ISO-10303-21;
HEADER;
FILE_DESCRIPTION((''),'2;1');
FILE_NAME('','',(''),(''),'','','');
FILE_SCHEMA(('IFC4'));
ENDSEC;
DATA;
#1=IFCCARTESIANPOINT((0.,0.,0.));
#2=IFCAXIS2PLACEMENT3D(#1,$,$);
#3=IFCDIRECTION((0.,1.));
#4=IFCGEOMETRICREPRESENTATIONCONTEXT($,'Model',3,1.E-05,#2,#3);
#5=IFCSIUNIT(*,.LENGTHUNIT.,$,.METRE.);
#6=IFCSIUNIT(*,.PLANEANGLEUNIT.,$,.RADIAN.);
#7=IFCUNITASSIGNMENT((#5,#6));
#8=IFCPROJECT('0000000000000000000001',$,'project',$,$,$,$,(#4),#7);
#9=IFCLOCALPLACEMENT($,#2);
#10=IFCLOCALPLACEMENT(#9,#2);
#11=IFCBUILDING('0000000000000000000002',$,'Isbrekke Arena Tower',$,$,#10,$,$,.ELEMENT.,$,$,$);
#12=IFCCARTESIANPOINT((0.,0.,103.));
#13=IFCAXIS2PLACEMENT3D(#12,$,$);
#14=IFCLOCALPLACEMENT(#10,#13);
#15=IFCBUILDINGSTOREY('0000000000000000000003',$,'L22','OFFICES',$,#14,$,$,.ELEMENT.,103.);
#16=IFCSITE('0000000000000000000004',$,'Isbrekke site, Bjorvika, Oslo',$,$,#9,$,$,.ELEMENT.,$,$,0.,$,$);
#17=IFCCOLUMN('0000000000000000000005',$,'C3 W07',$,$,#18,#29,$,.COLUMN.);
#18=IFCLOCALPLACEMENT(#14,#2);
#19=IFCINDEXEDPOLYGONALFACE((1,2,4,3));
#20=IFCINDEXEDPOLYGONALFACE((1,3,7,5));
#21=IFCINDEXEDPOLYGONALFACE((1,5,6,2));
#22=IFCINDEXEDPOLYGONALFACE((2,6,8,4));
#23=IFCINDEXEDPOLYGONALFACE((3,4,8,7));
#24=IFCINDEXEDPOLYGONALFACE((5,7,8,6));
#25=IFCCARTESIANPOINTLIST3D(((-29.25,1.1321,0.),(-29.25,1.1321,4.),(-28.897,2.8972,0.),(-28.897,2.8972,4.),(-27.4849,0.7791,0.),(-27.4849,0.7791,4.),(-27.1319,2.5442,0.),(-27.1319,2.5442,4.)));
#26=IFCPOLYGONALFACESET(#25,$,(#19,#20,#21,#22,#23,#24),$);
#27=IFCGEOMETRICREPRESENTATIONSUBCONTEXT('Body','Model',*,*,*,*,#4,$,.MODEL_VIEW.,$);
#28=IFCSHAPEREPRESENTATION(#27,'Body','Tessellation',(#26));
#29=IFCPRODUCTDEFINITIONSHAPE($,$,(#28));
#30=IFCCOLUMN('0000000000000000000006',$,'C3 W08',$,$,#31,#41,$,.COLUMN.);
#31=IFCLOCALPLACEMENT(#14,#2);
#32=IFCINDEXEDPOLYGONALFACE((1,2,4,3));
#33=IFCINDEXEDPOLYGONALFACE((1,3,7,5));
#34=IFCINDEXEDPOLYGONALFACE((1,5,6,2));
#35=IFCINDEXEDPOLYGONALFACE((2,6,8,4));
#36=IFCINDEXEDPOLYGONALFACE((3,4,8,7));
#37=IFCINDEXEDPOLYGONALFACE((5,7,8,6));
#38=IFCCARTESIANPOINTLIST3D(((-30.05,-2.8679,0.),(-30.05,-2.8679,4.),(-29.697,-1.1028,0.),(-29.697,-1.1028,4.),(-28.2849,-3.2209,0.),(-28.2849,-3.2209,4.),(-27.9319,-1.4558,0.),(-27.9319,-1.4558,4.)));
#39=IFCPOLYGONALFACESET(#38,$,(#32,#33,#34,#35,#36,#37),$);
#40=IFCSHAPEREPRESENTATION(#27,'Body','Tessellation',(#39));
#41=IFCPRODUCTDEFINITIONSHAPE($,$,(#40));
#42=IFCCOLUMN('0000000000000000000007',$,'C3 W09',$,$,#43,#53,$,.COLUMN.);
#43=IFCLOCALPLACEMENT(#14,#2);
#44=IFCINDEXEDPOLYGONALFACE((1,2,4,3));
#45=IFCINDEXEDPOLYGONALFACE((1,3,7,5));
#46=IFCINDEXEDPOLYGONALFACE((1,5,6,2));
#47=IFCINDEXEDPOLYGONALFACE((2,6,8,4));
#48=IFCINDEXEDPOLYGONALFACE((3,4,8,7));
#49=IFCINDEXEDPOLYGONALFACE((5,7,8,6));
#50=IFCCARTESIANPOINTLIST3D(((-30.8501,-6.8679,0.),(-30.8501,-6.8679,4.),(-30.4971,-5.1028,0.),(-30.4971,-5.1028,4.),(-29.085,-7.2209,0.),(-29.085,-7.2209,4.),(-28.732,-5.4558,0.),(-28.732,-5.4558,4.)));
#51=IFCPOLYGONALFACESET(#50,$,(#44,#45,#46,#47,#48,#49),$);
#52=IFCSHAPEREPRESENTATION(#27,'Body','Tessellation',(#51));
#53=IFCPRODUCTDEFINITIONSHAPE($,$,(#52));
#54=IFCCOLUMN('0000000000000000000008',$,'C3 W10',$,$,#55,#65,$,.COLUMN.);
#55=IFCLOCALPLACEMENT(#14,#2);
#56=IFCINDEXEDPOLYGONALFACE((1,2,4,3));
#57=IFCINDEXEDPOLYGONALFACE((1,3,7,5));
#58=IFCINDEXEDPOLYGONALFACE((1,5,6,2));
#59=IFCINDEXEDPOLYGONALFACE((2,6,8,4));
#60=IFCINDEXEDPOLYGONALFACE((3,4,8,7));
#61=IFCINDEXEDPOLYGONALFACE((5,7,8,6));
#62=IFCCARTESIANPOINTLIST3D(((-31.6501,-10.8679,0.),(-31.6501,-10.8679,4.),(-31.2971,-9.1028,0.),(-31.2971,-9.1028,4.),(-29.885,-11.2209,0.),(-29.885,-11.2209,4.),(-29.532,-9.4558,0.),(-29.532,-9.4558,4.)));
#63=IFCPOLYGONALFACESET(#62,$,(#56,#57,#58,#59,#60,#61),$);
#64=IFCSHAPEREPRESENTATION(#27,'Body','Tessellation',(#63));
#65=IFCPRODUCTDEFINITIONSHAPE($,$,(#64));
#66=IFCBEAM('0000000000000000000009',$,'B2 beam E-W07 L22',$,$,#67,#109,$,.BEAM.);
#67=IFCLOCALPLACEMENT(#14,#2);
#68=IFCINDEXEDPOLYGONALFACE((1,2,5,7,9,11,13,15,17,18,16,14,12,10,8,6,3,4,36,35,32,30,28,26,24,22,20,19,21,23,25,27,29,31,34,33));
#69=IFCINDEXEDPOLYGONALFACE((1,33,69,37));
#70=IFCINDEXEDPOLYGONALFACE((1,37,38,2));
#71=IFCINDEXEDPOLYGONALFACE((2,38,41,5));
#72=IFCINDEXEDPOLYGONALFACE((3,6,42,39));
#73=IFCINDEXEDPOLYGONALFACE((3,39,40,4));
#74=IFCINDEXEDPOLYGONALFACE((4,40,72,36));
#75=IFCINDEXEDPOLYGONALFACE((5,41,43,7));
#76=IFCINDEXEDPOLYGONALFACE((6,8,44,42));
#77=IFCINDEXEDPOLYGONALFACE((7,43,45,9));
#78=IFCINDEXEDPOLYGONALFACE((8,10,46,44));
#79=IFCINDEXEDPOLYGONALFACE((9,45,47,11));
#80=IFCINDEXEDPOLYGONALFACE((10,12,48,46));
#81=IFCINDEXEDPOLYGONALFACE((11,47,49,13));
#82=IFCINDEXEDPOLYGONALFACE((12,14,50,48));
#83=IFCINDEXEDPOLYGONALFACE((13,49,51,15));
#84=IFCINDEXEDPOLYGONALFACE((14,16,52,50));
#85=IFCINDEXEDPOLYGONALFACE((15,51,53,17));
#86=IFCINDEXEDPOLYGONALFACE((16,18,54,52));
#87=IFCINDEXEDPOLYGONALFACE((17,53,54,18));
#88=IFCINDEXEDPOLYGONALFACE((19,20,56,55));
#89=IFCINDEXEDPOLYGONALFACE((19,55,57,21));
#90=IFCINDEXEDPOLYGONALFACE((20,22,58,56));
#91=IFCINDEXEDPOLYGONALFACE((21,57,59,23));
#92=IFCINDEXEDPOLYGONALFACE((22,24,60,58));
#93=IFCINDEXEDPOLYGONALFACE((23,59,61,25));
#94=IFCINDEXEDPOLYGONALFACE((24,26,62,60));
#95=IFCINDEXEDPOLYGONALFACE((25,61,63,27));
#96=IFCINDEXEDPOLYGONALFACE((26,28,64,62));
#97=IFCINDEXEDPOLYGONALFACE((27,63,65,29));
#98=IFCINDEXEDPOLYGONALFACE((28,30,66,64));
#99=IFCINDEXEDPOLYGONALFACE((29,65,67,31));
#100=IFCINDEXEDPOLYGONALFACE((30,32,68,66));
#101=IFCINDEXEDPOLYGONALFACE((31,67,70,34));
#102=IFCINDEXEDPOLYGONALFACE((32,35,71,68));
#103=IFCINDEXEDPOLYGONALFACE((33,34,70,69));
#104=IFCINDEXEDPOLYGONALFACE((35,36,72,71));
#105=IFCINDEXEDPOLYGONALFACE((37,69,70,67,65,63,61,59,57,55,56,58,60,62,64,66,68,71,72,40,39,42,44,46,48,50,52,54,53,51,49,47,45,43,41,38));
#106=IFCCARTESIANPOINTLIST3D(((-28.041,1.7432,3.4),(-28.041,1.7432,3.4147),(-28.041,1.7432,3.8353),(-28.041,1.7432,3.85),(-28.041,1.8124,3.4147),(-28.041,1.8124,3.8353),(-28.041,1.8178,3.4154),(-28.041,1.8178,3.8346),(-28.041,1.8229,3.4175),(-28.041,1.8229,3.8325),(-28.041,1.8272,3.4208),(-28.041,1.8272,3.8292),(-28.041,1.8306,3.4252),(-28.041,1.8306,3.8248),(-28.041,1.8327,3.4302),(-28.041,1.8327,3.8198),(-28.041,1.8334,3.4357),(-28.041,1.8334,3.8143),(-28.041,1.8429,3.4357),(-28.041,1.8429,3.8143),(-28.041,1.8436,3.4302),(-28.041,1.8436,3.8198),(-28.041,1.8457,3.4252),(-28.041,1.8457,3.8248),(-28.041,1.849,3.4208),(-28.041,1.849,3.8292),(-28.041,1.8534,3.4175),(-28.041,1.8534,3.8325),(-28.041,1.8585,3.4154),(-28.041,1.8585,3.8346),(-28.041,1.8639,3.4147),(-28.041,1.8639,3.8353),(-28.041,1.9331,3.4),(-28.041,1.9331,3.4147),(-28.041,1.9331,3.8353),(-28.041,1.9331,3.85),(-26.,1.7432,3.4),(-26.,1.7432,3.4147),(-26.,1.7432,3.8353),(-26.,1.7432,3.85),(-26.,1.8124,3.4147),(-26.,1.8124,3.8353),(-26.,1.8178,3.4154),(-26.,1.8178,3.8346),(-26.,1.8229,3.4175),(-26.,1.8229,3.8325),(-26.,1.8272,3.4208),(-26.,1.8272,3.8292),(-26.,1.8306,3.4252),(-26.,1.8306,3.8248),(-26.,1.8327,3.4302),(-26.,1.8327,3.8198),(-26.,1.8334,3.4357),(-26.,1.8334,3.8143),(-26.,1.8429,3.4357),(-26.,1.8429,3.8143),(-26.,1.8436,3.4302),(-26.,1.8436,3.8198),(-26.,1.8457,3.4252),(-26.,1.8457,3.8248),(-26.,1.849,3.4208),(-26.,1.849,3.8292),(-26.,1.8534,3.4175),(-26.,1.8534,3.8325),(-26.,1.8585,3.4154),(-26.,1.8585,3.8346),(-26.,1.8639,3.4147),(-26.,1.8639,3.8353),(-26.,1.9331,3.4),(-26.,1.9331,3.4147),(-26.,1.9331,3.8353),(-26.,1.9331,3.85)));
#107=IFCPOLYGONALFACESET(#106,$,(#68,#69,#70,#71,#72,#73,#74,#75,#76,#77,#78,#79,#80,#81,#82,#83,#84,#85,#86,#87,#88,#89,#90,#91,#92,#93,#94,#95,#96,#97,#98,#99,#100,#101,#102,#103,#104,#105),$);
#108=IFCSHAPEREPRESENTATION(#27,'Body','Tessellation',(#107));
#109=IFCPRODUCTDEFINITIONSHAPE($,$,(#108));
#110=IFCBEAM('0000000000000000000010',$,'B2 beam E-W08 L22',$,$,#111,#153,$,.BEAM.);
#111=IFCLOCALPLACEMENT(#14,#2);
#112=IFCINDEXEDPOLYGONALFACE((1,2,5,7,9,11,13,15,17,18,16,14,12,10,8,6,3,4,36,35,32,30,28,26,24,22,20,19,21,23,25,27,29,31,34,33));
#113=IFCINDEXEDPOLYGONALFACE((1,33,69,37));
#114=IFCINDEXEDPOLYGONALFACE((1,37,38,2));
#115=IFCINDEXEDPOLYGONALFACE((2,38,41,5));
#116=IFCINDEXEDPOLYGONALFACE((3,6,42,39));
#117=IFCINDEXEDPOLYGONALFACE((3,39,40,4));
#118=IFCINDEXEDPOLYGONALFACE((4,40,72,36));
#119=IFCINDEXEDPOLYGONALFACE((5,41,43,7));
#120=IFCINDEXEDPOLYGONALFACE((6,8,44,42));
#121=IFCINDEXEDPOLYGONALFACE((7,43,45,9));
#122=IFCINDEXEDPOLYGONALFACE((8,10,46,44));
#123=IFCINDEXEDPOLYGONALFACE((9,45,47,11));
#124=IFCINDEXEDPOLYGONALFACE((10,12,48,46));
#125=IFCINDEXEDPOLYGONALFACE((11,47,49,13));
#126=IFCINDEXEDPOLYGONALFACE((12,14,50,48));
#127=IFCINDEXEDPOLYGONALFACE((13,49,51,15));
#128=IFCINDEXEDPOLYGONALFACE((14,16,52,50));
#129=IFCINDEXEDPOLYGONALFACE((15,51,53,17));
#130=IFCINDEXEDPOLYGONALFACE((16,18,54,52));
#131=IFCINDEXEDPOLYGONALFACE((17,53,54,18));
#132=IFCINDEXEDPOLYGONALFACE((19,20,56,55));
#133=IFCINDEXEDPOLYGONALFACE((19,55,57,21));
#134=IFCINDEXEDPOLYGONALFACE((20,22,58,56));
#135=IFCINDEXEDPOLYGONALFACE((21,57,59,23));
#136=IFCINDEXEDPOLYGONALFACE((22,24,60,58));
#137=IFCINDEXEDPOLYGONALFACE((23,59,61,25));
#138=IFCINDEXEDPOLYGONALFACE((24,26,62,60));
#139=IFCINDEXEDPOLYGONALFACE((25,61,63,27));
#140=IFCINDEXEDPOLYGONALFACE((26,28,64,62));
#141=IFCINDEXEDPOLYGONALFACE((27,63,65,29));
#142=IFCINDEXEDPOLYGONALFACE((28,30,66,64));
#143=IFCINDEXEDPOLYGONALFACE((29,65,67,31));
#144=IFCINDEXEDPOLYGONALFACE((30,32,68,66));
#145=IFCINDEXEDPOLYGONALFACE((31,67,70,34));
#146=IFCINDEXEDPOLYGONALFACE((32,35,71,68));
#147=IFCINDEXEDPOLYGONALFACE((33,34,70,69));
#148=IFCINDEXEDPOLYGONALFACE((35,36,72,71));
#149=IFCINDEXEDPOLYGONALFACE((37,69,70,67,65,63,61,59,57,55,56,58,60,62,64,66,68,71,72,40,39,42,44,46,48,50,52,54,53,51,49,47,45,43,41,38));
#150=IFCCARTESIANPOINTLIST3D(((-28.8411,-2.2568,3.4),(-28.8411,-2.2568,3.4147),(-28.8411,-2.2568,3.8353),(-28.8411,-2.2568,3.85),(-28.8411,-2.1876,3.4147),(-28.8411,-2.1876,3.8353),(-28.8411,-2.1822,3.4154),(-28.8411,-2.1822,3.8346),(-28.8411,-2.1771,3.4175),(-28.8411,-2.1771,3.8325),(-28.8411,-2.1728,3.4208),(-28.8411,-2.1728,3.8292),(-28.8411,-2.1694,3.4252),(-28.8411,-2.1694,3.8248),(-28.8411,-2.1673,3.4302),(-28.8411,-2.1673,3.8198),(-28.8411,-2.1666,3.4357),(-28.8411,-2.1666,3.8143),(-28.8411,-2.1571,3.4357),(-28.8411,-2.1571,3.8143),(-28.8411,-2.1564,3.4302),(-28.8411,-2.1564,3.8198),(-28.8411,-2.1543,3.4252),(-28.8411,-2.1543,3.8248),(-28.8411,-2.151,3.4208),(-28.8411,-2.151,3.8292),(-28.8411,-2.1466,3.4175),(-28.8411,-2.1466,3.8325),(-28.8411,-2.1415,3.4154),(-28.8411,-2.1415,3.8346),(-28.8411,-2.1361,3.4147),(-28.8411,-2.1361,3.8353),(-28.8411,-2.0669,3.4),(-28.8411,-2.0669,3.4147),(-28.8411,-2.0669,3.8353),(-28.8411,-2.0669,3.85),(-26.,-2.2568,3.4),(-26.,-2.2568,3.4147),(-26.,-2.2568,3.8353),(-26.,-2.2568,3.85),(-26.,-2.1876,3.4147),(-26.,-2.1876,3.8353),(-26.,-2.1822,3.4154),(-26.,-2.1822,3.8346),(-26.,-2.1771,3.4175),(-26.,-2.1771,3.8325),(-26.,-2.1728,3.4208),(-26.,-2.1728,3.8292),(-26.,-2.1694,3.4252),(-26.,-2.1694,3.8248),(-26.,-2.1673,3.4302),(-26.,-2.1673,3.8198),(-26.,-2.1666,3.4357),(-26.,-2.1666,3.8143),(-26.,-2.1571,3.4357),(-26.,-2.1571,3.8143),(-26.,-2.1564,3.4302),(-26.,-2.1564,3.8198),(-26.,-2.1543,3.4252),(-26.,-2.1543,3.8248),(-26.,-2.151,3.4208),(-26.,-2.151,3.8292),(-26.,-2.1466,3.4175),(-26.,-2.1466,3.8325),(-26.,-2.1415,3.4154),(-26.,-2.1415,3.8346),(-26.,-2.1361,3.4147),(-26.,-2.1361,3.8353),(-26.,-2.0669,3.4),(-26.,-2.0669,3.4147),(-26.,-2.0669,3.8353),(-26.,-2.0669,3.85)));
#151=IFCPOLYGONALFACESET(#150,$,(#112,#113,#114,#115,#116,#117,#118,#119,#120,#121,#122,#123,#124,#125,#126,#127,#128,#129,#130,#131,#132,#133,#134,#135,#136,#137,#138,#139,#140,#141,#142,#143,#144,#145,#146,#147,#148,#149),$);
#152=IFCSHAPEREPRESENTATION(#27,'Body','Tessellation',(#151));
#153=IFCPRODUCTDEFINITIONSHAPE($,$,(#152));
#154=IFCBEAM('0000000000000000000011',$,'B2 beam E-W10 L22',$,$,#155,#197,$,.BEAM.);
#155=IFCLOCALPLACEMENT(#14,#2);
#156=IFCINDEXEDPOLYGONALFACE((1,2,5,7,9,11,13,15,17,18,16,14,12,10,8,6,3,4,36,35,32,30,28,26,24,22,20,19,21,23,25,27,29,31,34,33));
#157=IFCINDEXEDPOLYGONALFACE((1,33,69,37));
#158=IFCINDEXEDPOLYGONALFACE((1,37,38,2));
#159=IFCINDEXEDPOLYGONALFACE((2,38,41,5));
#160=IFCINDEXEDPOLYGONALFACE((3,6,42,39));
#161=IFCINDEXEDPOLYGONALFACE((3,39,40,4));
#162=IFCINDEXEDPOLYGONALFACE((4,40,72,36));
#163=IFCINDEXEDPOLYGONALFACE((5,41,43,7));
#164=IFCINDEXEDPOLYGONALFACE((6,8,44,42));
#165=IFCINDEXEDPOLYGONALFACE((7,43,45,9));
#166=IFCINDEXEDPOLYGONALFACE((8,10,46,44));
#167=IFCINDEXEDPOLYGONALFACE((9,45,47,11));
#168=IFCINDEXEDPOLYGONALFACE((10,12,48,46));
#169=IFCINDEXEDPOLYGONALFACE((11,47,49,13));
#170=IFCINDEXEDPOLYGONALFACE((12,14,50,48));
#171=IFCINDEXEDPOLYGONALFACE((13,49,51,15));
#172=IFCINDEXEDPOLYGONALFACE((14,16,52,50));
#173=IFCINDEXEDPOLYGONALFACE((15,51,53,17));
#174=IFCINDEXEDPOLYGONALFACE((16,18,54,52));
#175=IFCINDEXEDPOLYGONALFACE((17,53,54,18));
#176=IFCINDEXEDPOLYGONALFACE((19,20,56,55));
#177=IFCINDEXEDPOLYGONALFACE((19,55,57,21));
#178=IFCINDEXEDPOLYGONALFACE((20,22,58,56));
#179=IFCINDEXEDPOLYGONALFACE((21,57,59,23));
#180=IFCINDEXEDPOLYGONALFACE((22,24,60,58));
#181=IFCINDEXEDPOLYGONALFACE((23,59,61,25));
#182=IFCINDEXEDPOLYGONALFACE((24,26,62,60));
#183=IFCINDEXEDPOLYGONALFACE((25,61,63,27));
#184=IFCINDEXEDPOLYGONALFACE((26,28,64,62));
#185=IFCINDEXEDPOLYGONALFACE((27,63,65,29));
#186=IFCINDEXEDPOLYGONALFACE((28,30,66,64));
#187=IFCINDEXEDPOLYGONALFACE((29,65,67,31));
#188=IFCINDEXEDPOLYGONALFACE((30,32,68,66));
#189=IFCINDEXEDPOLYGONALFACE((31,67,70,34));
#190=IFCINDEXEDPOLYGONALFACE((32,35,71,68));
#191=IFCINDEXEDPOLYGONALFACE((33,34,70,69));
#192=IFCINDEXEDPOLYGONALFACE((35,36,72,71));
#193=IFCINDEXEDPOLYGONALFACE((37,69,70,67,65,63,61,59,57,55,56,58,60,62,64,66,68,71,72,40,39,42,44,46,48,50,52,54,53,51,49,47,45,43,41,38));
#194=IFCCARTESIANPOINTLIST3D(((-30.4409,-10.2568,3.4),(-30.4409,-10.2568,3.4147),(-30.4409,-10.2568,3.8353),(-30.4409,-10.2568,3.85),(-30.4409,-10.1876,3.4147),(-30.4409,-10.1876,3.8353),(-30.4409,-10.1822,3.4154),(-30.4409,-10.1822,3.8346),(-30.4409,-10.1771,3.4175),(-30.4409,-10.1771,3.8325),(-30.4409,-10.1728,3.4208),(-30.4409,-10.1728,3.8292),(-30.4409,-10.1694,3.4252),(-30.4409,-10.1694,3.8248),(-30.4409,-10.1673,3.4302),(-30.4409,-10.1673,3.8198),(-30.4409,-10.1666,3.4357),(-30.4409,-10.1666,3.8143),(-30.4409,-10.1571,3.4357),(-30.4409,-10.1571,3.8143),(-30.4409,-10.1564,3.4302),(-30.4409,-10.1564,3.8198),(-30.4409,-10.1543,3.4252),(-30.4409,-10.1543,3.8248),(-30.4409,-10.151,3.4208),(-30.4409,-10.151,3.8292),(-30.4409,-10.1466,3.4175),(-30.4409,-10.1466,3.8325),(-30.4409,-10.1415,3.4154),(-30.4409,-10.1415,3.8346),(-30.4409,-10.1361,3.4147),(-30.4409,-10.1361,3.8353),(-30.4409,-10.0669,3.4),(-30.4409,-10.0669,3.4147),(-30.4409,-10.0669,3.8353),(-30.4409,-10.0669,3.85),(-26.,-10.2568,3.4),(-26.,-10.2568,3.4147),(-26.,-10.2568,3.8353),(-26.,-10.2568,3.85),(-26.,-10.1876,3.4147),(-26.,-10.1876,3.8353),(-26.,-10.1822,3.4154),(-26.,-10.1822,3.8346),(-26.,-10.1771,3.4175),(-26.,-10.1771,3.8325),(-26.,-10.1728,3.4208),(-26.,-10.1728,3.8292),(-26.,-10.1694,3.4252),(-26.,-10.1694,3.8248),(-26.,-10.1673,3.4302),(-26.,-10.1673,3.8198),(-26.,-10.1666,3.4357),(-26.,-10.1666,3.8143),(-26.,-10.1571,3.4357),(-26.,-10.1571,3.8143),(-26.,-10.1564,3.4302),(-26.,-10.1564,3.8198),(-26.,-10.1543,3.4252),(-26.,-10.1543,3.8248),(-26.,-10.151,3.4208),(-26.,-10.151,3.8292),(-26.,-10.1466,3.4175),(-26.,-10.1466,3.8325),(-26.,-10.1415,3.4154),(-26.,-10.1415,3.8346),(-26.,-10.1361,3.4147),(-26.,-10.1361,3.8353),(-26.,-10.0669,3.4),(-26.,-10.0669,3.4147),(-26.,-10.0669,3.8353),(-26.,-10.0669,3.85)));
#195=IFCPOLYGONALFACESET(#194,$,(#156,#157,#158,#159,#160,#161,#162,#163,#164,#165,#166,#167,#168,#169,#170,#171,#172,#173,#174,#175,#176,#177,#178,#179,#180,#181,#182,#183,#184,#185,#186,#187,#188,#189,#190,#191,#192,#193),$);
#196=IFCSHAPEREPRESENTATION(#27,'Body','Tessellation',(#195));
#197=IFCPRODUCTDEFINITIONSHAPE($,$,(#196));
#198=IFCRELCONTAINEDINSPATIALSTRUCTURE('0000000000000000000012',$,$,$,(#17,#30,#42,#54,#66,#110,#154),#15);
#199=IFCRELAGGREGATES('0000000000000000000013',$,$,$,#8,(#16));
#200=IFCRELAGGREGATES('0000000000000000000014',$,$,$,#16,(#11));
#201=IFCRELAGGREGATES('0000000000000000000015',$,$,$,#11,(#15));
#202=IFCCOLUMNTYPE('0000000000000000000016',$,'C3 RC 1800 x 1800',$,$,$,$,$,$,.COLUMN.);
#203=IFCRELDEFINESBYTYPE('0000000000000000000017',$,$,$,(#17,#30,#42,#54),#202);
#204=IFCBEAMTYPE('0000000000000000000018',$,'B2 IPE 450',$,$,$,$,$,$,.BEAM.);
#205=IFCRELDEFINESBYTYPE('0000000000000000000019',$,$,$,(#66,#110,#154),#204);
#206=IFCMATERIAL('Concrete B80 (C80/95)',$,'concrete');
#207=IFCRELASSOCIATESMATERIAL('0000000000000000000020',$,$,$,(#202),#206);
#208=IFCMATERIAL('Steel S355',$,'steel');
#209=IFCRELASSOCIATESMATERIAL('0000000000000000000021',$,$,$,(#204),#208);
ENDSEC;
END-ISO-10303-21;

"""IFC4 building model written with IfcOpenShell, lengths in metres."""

from ifc_helpers import new_model, si_unit, direction, frame, origin, origin_2d, place, context, subcontext, project, spatial, rectangle, i_section, extrude, material, material_profile, profile_set, type_object, element, save


model = new_model("IFC4")

# Units and contexts
model_context = context("Model", 3, precision=1e-05, world=origin(), true_north=direction((0.0, 1.0)))
body_context = subcontext(model_context, "Body", "Model", "MODEL_VIEW")
ifc_project = project(units=[si_unit("LENGTHUNIT", "METRE"), si_unit("PLANEANGLEUNIT", "RADIAN")], contexts=[model_context])

# Site, building, storey
site_placement = place(None, origin())
site = spatial("IfcSite", under=ifc_project, at=site_placement, Name="Isbrekke site, Bjorvika, Oslo", CompositionType="ELEMENT", RefElevation=0.0)
building_placement = place(site_placement, origin())
building = spatial("IfcBuilding", under=site, at=building_placement, Name="Isbrekke Arena Tower", CompositionType="ELEMENT")
storey_placement = place(building_placement, frame((0.0, 0.0, 103.0)))
storey = spatial("IfcBuildingStorey", under=building, at=storey_placement, Name="L22", Description="OFFICES", CompositionType="ELEMENT", Elevation=103.0)

# Columns
ifc_material_1 = material(Name="Concrete B80 (C80/95)", Category="concrete")
ifc_material_profile_1 = material_profile(ifc_material_1, rectangle(XDim=1.8, YDim=1.8, at=origin_2d()), Name="RC 1800x1800")
ifc_profile_set_1 = profile_set([ifc_material_profile_1], Name="Concrete B80 (C80/95)")
column_type = type_object("IfcColumnType", Name="C3 RC 1800 x 1800", PredefinedType="COLUMN", material=ifc_profile_set_1)
for number, where, z_axis, x_axis, name in (
    (1, (-28.1909, 1.8381, 0.0), (0.0, 0.0, 1.0), (-0.196116, -0.980581, 0.0), "C3 W07"),
    (2, (-28.991, -2.1619, 0.0), (0.0, 0.0, 1.0), (-0.196116, -0.980581, 0.0), "C3 W08"),
    (3, (-29.791, -6.1619, 0.0), (0.0, 0.0, 1.0), (-0.196116, -0.980581, 0.0), "C3 W09"),
    (4, (-30.5911, -10.1619, 0.0), (0.0, 0.0, 1.0), (-0.196116, -0.980581, 0.0), "C3 W10"),
):
    element("IfcColumn", number, at=place(storey_placement, frame(where, z_axis=z_axis, x_axis=x_axis)), inside=storey, type_object=column_type, Name=name, PredefinedType="COLUMN", context=body_context, shape_type="SweptSolid", body=[
        extrude(rectangle(XDim=1.8, YDim=1.8, at=origin_2d()), origin(), (0.0, 0.0, 1.0), 4.0),
    ])

# Beams
ifc_material_2 = material(Name="Steel S355", Category="steel")
ifc_material_profile_2 = material_profile(ifc_material_2, i_section(OverallWidth=0.1899, OverallDepth=0.45, WebThickness=0.0095, FlangeThickness=0.0146, FilletRadius=0.021, at=origin_2d()), Name="IPE 450")
ifc_profile_set_2 = profile_set([ifc_material_profile_2], Name="Steel S355")
beam_type_1 = type_object("IfcBeamType", Name="B2 IPE 450", PredefinedType="BEAM", material=ifc_profile_set_2)
beam_1_placement = place(storey_placement, frame((-28.041, 1.8381, 3.625), z_axis=(1.0, 0.0, 0.0), x_axis=(0.0, 1.0, 0.0)))
element("IfcBeam", 5, at=beam_1_placement, inside=storey, type_object=beam_type_1, Name="B2 beam E-W07 L22", PredefinedType="BEAM", context=body_context, shape_type="SweptSolid", body=[
    extrude(i_section(OverallWidth=0.1899, OverallDepth=0.45, WebThickness=0.0095, FlangeThickness=0.0146, FilletRadius=0.021, at=origin_2d()), origin(), (0.0, 0.0, 1.0), 2.041),
])
beam_2_placement = place(storey_placement, frame((-28.8411, -2.1619, 3.625), z_axis=(1.0, 0.0, 0.0), x_axis=(0.0, 1.0, 0.0)))
element("IfcBeam", 6, at=beam_2_placement, inside=storey, type_object=beam_type_1, Name="B2 beam E-W08 L22", PredefinedType="BEAM", context=body_context, shape_type="SweptSolid", body=[
    extrude(i_section(OverallWidth=0.1899, OverallDepth=0.45, WebThickness=0.0095, FlangeThickness=0.0146, FilletRadius=0.021, at=origin_2d()), origin(), (0.0, 0.0, 1.0), 2.8411),
])
beam_3_placement = place(storey_placement, frame((-30.4409, -10.1619, 3.625), z_axis=(1.0, 0.0, 0.0), x_axis=(0.0, 1.0, 0.0)))
element("IfcBeam", 7, at=beam_3_placement, inside=storey, type_object=beam_type_1, Name="B2 beam E-W10 L22", PredefinedType="BEAM", context=body_context, shape_type="SweptSolid", body=[
    extrude(i_section(OverallWidth=0.1899, OverallDepth=0.45, WebThickness=0.0095, FlangeThickness=0.0146, FilletRadius=0.021, at=origin_2d()), origin(), (0.0, 0.0, 1.0), 4.4409),
])

save(model, "model.ifc")
